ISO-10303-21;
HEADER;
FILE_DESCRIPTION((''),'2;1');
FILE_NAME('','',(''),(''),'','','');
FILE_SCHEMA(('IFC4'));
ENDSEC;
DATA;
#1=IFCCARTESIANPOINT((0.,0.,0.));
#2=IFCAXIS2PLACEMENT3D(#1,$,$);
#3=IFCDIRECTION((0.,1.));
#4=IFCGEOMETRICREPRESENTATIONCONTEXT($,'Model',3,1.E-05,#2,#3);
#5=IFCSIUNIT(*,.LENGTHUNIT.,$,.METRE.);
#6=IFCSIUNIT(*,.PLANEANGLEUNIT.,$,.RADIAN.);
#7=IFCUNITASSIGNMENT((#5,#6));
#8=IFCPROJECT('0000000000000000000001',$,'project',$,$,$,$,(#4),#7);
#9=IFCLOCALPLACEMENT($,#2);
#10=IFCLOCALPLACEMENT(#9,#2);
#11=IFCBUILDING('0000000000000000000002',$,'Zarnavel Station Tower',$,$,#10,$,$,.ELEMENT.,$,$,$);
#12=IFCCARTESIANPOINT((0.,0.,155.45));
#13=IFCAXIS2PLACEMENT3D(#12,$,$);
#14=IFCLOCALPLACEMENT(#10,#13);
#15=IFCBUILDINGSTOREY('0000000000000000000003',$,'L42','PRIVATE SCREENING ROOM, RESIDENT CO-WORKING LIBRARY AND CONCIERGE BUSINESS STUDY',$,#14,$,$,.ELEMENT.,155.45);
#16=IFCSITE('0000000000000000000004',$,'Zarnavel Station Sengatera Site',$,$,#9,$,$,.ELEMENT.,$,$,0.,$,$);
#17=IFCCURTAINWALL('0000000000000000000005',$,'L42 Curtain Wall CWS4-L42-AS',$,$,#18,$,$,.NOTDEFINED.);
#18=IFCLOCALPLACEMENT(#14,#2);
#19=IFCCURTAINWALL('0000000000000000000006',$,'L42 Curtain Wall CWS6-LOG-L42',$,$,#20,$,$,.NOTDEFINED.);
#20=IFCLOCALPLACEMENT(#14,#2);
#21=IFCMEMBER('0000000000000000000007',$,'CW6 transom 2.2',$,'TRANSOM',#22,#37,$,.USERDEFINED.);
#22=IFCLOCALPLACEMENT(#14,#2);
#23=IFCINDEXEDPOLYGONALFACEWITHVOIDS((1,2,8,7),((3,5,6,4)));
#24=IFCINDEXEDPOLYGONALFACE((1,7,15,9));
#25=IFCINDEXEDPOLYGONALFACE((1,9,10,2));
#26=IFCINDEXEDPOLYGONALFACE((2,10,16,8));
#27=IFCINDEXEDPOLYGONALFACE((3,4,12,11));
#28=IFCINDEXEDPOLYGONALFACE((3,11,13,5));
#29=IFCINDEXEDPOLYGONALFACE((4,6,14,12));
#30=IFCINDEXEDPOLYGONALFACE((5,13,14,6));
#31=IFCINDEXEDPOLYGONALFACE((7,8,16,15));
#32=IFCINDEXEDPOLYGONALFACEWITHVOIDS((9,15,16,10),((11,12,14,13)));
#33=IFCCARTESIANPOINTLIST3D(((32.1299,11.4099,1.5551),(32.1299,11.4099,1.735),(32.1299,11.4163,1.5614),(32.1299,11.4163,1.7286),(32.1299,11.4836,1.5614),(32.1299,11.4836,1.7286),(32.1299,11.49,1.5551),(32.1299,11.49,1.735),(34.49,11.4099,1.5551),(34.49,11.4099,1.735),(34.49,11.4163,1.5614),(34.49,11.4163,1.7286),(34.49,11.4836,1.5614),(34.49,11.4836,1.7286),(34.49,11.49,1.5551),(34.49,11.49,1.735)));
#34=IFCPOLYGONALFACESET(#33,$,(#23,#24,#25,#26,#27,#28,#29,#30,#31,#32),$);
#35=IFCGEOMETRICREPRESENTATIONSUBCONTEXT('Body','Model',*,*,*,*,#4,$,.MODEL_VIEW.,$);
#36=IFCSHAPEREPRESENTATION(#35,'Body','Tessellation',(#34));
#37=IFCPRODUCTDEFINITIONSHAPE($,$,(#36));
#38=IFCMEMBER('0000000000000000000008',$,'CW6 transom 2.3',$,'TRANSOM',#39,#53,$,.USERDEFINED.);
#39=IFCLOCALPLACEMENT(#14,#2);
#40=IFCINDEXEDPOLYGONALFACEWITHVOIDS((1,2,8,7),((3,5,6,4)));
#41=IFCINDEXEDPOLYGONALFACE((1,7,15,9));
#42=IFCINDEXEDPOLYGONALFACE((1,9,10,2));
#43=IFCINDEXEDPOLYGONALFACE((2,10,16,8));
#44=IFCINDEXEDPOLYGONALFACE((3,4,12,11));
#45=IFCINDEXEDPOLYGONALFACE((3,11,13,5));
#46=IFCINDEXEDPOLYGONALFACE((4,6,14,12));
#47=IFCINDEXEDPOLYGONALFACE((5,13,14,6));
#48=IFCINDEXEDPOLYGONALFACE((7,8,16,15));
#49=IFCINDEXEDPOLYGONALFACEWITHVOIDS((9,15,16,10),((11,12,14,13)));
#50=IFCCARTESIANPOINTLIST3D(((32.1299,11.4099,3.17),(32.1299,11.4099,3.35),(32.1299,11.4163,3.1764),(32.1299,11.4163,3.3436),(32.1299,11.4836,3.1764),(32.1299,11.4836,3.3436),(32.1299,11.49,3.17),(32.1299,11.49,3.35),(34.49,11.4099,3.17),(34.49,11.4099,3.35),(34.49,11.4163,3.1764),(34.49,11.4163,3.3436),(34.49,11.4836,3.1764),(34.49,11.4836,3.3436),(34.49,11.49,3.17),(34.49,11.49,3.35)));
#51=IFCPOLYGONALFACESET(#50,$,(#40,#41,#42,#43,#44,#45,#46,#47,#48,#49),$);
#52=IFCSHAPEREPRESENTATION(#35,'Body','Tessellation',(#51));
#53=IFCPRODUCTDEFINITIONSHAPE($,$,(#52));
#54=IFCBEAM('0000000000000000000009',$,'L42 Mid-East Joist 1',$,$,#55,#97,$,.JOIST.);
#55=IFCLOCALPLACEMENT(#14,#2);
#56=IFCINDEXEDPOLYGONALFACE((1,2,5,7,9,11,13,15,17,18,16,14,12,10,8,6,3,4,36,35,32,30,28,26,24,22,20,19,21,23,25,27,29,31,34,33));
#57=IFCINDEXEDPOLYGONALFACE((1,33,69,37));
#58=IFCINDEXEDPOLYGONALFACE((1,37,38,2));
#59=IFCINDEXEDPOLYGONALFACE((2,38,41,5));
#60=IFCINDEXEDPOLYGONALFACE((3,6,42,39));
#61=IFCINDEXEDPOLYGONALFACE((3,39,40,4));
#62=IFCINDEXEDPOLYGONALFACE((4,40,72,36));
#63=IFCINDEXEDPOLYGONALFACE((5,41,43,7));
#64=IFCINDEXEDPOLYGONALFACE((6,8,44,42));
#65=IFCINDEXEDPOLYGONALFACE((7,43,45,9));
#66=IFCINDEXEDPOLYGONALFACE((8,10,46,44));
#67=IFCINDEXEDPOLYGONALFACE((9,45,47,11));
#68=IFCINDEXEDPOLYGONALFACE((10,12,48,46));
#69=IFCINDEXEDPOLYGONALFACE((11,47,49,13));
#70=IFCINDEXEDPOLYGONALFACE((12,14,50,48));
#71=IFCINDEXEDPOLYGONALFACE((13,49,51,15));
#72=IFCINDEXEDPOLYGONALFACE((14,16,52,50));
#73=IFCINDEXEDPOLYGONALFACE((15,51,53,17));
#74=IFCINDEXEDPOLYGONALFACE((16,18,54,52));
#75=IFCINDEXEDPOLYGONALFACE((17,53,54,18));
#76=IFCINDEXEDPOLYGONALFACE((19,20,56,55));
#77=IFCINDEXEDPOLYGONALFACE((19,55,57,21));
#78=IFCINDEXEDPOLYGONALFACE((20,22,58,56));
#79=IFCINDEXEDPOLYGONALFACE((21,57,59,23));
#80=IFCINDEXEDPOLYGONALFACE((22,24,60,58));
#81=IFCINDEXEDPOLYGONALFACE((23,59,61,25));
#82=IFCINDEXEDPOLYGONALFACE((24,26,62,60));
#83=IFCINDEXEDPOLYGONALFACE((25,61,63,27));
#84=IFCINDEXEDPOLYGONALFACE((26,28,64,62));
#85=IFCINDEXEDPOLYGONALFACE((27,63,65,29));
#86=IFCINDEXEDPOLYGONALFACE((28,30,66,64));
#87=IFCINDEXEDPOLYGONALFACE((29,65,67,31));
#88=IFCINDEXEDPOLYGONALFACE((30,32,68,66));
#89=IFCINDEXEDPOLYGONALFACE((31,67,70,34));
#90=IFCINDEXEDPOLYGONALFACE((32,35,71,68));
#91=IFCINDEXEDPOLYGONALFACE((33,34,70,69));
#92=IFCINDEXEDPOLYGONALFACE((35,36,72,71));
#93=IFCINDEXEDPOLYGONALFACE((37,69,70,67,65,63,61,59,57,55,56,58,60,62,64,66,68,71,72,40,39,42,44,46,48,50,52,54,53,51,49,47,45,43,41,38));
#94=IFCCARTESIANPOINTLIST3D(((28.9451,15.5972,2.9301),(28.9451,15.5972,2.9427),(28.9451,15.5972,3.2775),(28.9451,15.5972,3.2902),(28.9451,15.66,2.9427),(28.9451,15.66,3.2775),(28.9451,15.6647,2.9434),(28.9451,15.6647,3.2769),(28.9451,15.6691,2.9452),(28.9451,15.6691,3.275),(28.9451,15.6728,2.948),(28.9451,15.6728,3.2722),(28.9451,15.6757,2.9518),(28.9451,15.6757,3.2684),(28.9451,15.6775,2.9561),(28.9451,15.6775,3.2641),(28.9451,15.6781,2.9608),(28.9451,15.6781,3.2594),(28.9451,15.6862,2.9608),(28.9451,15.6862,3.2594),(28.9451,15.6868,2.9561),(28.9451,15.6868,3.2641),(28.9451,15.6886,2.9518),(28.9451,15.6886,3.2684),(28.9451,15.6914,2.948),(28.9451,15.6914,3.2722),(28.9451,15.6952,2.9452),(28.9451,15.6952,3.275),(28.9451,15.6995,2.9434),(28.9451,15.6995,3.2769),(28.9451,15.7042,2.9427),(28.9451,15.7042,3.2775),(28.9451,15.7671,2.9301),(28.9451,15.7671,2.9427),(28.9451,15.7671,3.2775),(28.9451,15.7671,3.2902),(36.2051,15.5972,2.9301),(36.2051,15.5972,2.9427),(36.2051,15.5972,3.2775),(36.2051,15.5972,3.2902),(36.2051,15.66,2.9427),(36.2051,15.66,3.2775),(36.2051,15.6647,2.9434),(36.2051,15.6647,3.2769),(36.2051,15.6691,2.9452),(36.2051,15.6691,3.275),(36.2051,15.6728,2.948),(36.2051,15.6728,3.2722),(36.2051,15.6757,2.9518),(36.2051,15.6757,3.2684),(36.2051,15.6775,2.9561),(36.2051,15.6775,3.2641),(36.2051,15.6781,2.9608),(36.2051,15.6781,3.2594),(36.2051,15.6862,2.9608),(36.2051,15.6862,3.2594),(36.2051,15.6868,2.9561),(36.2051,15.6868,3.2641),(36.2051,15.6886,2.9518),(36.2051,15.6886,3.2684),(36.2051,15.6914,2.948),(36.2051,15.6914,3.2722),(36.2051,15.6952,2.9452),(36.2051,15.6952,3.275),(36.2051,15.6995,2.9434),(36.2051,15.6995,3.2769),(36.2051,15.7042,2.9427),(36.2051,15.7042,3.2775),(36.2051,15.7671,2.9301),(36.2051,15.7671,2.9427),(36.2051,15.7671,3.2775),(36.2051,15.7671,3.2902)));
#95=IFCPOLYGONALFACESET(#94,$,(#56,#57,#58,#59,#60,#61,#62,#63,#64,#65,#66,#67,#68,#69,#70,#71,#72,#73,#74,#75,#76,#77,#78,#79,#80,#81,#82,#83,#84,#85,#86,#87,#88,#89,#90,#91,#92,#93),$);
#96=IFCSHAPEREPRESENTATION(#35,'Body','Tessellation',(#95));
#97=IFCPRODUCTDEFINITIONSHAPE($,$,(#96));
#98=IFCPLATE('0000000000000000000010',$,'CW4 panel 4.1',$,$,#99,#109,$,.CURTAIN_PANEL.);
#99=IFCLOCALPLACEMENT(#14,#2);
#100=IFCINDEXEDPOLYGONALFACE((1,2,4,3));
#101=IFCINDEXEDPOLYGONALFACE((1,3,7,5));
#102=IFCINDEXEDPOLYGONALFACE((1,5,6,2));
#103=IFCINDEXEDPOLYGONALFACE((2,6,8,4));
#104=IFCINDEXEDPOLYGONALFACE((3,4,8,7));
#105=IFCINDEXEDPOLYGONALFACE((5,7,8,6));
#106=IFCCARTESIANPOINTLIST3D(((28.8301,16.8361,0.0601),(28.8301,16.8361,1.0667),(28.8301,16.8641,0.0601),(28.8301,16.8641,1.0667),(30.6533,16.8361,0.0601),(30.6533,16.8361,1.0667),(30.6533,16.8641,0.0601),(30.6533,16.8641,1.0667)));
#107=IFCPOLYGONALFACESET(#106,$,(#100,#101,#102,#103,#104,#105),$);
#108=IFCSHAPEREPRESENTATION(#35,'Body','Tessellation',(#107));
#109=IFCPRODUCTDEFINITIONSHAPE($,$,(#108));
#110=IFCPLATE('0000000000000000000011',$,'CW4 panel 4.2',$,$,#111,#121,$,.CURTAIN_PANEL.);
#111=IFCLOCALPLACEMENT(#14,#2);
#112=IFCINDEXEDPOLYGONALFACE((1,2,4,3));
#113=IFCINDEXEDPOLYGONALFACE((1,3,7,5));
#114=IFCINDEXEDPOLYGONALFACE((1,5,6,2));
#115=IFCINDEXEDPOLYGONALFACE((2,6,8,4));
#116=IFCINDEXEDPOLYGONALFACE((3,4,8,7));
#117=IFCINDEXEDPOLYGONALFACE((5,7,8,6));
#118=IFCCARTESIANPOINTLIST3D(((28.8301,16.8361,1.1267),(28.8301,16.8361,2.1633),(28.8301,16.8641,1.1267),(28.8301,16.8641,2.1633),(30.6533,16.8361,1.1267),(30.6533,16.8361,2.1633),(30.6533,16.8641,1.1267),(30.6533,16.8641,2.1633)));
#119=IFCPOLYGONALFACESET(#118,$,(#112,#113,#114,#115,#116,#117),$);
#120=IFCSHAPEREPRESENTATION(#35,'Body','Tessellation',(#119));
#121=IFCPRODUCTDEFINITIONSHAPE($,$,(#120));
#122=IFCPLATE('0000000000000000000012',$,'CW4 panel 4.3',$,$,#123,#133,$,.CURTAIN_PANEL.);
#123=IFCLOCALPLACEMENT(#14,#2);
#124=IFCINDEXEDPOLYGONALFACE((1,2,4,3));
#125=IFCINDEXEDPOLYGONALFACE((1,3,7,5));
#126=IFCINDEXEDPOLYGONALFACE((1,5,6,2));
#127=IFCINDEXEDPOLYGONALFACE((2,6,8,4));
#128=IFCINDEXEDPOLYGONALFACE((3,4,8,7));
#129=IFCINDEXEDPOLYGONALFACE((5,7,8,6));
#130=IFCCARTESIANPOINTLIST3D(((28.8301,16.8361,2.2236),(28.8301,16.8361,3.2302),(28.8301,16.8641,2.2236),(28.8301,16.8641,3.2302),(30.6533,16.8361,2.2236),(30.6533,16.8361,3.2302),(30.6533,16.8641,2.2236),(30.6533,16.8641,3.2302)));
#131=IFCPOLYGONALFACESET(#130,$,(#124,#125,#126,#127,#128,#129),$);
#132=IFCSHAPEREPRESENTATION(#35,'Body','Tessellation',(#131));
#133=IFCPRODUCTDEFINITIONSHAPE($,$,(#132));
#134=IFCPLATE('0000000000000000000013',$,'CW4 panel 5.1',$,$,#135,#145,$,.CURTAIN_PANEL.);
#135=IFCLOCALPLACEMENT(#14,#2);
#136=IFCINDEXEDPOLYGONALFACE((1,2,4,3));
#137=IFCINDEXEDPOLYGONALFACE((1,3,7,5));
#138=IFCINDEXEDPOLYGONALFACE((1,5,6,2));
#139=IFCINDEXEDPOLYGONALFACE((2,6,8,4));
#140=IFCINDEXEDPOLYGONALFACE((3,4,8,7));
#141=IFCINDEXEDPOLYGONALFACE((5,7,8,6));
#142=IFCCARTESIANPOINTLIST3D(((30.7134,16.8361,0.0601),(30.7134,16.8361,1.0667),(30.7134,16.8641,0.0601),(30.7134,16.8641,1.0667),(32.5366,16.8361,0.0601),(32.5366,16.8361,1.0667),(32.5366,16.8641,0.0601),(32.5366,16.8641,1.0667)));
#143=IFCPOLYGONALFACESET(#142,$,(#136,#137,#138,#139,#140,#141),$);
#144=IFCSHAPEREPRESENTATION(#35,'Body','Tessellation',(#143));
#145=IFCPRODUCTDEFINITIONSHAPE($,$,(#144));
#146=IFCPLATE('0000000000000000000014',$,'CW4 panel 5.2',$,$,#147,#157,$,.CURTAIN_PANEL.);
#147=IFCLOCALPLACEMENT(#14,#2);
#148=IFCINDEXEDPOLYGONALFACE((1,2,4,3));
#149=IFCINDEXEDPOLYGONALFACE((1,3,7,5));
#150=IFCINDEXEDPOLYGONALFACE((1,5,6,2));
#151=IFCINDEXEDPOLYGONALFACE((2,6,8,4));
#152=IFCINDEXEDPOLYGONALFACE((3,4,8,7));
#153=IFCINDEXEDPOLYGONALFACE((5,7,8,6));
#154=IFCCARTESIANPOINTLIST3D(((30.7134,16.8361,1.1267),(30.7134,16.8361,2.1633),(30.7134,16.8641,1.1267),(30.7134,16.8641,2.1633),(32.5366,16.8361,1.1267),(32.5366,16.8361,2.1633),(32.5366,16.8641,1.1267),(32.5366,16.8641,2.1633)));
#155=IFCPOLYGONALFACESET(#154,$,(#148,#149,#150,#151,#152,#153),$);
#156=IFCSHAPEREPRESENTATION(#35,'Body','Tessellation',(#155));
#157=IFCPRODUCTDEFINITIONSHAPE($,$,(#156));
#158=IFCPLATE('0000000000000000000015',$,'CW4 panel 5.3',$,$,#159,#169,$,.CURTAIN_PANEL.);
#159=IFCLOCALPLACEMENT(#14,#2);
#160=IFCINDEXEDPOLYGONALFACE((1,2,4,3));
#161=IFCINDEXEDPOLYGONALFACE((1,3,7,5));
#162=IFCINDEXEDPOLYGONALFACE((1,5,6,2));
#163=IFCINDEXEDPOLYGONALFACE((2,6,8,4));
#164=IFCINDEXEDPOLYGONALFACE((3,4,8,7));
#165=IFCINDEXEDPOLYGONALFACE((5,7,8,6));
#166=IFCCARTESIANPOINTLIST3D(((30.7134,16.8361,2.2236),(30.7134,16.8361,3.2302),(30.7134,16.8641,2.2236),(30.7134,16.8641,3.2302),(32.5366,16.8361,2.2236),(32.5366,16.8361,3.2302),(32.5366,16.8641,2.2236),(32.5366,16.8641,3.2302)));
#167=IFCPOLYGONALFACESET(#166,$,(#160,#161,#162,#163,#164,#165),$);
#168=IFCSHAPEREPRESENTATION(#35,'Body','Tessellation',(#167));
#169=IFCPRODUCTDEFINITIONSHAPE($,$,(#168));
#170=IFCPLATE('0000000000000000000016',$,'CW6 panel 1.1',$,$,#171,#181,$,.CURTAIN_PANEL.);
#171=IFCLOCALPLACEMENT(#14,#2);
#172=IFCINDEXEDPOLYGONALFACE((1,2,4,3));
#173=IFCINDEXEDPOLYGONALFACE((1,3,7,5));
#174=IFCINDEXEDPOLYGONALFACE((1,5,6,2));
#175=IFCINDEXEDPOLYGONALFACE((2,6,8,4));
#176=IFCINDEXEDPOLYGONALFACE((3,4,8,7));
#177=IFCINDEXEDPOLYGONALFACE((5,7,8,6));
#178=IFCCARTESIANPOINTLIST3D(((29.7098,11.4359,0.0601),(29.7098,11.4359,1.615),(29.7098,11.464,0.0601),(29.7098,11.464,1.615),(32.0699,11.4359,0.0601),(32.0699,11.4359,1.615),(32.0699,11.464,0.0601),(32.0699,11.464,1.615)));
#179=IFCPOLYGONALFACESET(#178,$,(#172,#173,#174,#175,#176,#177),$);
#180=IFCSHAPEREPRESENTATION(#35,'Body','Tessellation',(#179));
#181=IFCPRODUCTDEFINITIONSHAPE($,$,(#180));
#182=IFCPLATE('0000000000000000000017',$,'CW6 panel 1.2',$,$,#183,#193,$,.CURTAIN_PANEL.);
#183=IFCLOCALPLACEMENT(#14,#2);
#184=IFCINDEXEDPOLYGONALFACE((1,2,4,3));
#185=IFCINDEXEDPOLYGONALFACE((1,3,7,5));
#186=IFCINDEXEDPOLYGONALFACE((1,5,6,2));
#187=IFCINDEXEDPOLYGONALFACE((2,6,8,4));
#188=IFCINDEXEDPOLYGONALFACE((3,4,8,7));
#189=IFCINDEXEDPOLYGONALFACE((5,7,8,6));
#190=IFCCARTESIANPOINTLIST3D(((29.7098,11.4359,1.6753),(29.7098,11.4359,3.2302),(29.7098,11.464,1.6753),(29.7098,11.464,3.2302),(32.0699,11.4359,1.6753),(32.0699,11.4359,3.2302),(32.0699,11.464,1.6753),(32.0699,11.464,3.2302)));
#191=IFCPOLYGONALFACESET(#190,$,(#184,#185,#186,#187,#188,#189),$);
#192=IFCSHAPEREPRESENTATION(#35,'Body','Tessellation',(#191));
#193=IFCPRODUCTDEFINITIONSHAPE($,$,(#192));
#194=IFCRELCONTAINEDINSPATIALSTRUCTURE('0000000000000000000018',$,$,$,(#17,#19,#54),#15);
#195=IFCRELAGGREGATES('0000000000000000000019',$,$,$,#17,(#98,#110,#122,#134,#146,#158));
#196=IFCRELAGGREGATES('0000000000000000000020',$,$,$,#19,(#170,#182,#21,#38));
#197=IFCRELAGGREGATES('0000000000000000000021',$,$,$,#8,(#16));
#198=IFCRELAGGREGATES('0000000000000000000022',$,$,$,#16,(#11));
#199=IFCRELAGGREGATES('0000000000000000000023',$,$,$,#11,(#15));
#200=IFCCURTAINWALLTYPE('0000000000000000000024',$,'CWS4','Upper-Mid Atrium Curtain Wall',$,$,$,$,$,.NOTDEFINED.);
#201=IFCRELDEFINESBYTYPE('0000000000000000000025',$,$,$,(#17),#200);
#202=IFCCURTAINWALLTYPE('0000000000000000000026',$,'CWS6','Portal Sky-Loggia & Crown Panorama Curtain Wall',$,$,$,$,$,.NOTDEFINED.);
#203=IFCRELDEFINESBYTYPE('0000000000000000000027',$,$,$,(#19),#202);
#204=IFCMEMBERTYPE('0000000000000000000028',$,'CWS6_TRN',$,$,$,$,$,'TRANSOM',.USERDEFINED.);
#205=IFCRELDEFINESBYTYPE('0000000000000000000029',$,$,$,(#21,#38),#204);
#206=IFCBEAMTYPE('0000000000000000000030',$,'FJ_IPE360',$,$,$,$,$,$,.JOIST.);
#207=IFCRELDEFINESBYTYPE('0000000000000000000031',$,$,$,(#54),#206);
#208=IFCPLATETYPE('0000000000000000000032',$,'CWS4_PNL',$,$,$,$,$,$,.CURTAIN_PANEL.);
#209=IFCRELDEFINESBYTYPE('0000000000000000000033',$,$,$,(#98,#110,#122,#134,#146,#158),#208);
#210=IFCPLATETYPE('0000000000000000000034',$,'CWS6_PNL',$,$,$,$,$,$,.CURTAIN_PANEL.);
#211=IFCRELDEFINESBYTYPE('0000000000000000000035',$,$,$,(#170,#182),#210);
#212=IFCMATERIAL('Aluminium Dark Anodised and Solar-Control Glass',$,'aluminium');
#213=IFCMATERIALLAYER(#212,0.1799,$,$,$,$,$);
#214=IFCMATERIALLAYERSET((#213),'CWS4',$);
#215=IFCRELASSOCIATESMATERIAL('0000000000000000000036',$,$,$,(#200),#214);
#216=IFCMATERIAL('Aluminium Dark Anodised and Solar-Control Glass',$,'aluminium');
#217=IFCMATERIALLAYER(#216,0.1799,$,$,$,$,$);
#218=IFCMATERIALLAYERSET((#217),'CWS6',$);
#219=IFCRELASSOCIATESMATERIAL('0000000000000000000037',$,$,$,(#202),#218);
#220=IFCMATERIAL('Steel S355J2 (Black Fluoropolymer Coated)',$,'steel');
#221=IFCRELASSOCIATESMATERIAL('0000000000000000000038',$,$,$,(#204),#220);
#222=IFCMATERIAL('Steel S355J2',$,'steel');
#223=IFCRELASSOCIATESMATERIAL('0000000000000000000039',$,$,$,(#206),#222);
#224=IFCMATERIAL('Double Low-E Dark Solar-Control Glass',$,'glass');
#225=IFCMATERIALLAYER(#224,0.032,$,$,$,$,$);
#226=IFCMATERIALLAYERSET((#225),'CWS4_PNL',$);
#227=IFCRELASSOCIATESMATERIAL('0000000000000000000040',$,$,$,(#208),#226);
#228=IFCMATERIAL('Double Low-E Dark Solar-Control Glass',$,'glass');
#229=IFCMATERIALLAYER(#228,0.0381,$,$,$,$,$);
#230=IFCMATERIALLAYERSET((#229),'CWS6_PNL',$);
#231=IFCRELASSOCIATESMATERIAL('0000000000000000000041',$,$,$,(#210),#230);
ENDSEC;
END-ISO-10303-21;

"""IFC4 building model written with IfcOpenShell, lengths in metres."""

from ifc_helpers import new_model, si_unit, direction, frame, origin, origin_2d, place, context, subcontext, project, spatial, rectangle, hollow_rectangle, i_section, extrude, material, layer, layer_set, material_profile, profile_set, type_object, element, aggregate, save


model = new_model("IFC4")

# Units and contexts
model_context = context("Model", 3, precision=1e-05, world=origin(), true_north=direction((0.0, 1.0)))
body_context = subcontext(model_context, "Body", "Model", "MODEL_VIEW")
ifc_project = project(units=[si_unit("LENGTHUNIT", "METRE"), si_unit("PLANEANGLEUNIT", "RADIAN")], contexts=[model_context])

# Site, building, storey
site_placement = place(None, origin())
site = spatial("IfcSite", under=ifc_project, at=site_placement, Name="Zarnavel Station Sengatera Site", CompositionType="ELEMENT", RefElevation=0.0)
building_placement = place(site_placement, origin())
building = spatial("IfcBuilding", under=site, at=building_placement, Name="Zarnavel Station Tower", CompositionType="ELEMENT")
storey_placement = place(building_placement, frame((0.0, 0.0, 155.45)))
storey = spatial("IfcBuildingStorey", under=building, at=storey_placement, Name="L42", Description="PRIVATE SCREENING ROOM, RESIDENT CO-WORKING LIBRARY AND CONCIERGE BUSINESS STUDY", CompositionType="ELEMENT", Elevation=155.45)

# Curtain walls, members
ifc_material_1 = material(Name="Aluminium Dark Anodised and Solar-Control Glass", Category="aluminium")
ifc_layer_1 = layer(ifc_material_1, 0.1799)
ifc_layer_set_1 = layer_set([ifc_layer_1], Name="CWS4")
curtain_wall_type_1 = type_object("IfcCurtainWallType", Name="CWS4", Description="Upper-Mid Atrium Curtain Wall", PredefinedType="NOTDEFINED", material=ifc_layer_set_1)
curtain_wall_1_placement = place(storey_placement, origin())
curtain_wall_1 = element("IfcCurtainWall", 1, at=curtain_wall_1_placement, inside=storey, type_object=curtain_wall_type_1, Name="L42 Curtain Wall CWS4-L42-AS", PredefinedType="NOTDEFINED")
ifc_material_2 = material(Name="Aluminium Dark Anodised and Solar-Control Glass", Category="aluminium")
ifc_layer_2 = layer(ifc_material_2, 0.1799)
ifc_layer_set_2 = layer_set([ifc_layer_2], Name="CWS6")
curtain_wall_type_2 = type_object("IfcCurtainWallType", Name="CWS6", Description="Portal Sky-Loggia & Crown Panorama Curtain Wall", PredefinedType="NOTDEFINED", material=ifc_layer_set_2)
curtain_wall_2_placement = place(storey_placement, origin())
curtain_wall_2 = element("IfcCurtainWall", 2, at=curtain_wall_2_placement, inside=storey, type_object=curtain_wall_type_2, Name="L42 Curtain Wall CWS6-LOG-L42", PredefinedType="NOTDEFINED")
ifc_material_3 = material(Name="Steel S355J2 (Black Fluoropolymer Coated)", Category="steel")
ifc_material_profile_1 = material_profile(ifc_material_3, hollow_rectangle(XDim=0.0801, YDim=0.1799, WallThickness=0.0063, at=origin_2d()), Name="RHS180x80x6.3")
ifc_profile_set_1 = profile_set([ifc_material_profile_1], Name="Steel S355J2 (Black Fluoropolymer Coated)")
member_type_1 = type_object("IfcMemberType", Name="CWS6_TRN", ElementType="TRANSOM", PredefinedType="USERDEFINED", material=ifc_profile_set_1)
member_1_placement = place(storey_placement, frame((32.1299, 11.45, 1.645), z_axis=(1.0, 0.0, 0.0), x_axis=(0.0, 1.0, 0.0)))
member_1 = element("IfcMember", 3, at=member_1_placement, type_object=member_type_1, Name="CW6 transom 2.2", ObjectType="TRANSOM", PredefinedType="USERDEFINED", context=body_context, shape_type="SweptSolid", body=[
    extrude(hollow_rectangle(XDim=0.0801, YDim=0.1799, WallThickness=0.0063, at=origin_2d()), origin(), (0.0, 0.0, 1.0), 2.3601),
])
member_2_placement = place(storey_placement, frame((32.1299, 11.45, 3.26), z_axis=(1.0, 0.0, 0.0), x_axis=(0.0, 1.0, 0.0)))
member_2 = element("IfcMember", 4, at=member_2_placement, type_object=member_type_1, Name="CW6 transom 2.3", ObjectType="TRANSOM", PredefinedType="USERDEFINED", context=body_context, shape_type="SweptSolid", body=[
    extrude(hollow_rectangle(XDim=0.0801, YDim=0.1799, WallThickness=0.0063, at=origin_2d()), origin(), (0.0, 0.0, 1.0), 2.3601),
])

# Beam
ifc_material_4 = material(Name="Steel S355J2", Category="steel")
ifc_material_profile_2 = material_profile(ifc_material_4, i_section(OverallWidth=0.1699, OverallDepth=0.3601, WebThickness=0.0081, FlangeThickness=0.0127, FilletRadius=0.0181, at=origin_2d()), Name="IPE360")
ifc_profile_set_2 = profile_set([ifc_material_profile_2], Name="Steel S355J2")
beam_type = type_object("IfcBeamType", Name="FJ_IPE360", PredefinedType="JOIST", material=ifc_profile_set_2)
beam_placement = place(storey_placement, frame((28.9451, 15.6821, 3.1101), z_axis=(1.0, 0.0, 0.0), x_axis=(0.0, 1.0, 0.0)))
element("IfcBeam", 5, at=beam_placement, inside=storey, type_object=beam_type, Name="L42 Mid-East Joist 1", PredefinedType="JOIST", context=body_context, shape_type="SweptSolid", body=[
    extrude(i_section(OverallWidth=0.1699, OverallDepth=0.3601, WebThickness=0.0081, FlangeThickness=0.0127, FilletRadius=0.0181, at=origin_2d()), origin(), (0.0, 0.0, 1.0), 7.26),
])

# Plates
ifc_material_5 = material(Name="Double Low-E Dark Solar-Control Glass", Category="glass")
ifc_layer_3 = layer(ifc_material_5, 0.032)
ifc_layer_set_3 = layer_set([ifc_layer_3], Name="CWS4_PNL")
plate_type_1 = type_object("IfcPlateType", Name="CWS4_PNL", PredefinedType="CURTAIN_PANEL", material=ifc_layer_set_3)
plate_1_placement = place(storey_placement, frame((29.7417, 16.8501, 0.0601), z_axis=(0.0, 0.0, 1.0), x_axis=(1.0, 0.0, 0.0)))
plate_1 = element("IfcPlate", 6, at=plate_1_placement, type_object=plate_type_1, Name="CW4 panel 4.1", PredefinedType="CURTAIN_PANEL", context=body_context, shape_type="SweptSolid", body=[
    extrude(rectangle(XDim=1.8232, YDim=0.0281, at=origin_2d()), origin(), (0.0, 0.0, 1.0), 1.0066),
])
plate_2_placement = place(storey_placement, frame((29.7417, 16.8501, 1.1267), z_axis=(0.0, 0.0, 1.0), x_axis=(1.0, 0.0, 0.0)))
plate_2 = element("IfcPlate", 7, at=plate_2_placement, type_object=plate_type_1, Name="CW4 panel 4.2", PredefinedType="CURTAIN_PANEL", context=body_context, shape_type="SweptSolid", body=[
    extrude(rectangle(XDim=1.8232, YDim=0.0281, at=origin_2d()), origin(), (0.0, 0.0, 1.0), 1.0366),
])
plate_3_placement = place(storey_placement, frame((29.7417, 16.8501, 2.2236), z_axis=(0.0, 0.0, 1.0), x_axis=(1.0, 0.0, 0.0)))
plate_3 = element("IfcPlate", 8, at=plate_3_placement, type_object=plate_type_1, Name="CW4 panel 4.3", PredefinedType="CURTAIN_PANEL", context=body_context, shape_type="SweptSolid", body=[
    extrude(rectangle(XDim=1.8232, YDim=0.0281, at=origin_2d()), origin(), (0.0, 0.0, 1.0), 1.0066),
])
plate_4_placement = place(storey_placement, frame((31.625, 16.8501, 0.0601), z_axis=(0.0, 0.0, 1.0), x_axis=(1.0, 0.0, 0.0)))
plate_4 = element("IfcPlate", 9, at=plate_4_placement, type_object=plate_type_1, Name="CW4 panel 5.1", PredefinedType="CURTAIN_PANEL", context=body_context, shape_type="SweptSolid", body=[
    extrude(rectangle(XDim=1.8232, YDim=0.0281, at=origin_2d()), origin(), (0.0, 0.0, 1.0), 1.0066),
])
plate_5_placement = place(storey_placement, frame((31.625, 16.8501, 1.1267), z_axis=(0.0, 0.0, 1.0), x_axis=(1.0, 0.0, 0.0)))
plate_5 = element("IfcPlate", 10, at=plate_5_placement, type_object=plate_type_1, Name="CW4 panel 5.2", PredefinedType="CURTAIN_PANEL", context=body_context, shape_type="SweptSolid", body=[
    extrude(rectangle(XDim=1.8232, YDim=0.0281, at=origin_2d()), origin(), (0.0, 0.0, 1.0), 1.0366),
])
plate_6_placement = place(storey_placement, frame((31.625, 16.8501, 2.2236), z_axis=(0.0, 0.0, 1.0), x_axis=(1.0, 0.0, 0.0)))
plate_6 = element("IfcPlate", 11, at=plate_6_placement, type_object=plate_type_1, Name="CW4 panel 5.3", PredefinedType="CURTAIN_PANEL", context=body_context, shape_type="SweptSolid", body=[
    extrude(rectangle(XDim=1.8232, YDim=0.0281, at=origin_2d()), origin(), (0.0, 0.0, 1.0), 1.0066),
])
aggregate(curtain_wall_1, [plate_1, plate_2, plate_3, plate_4, plate_5, plate_6])
ifc_material_6 = material(Name="Double Low-E Dark Solar-Control Glass", Category="glass")
ifc_layer_4 = layer(ifc_material_6, 0.0381)
ifc_layer_set_4 = layer_set([ifc_layer_4], Name="CWS6_PNL")
plate_type_2 = type_object("IfcPlateType", Name="CWS6_PNL", PredefinedType="CURTAIN_PANEL", material=ifc_layer_set_4)
plate_7_placement = place(storey_placement, frame((30.8899, 11.45, 0.0601), z_axis=(0.0, 0.0, 1.0), x_axis=(1.0, 0.0, 0.0)))
plate_7 = element("IfcPlate", 12, at=plate_7_placement, type_object=plate_type_2, Name="CW6 panel 1.1", PredefinedType="CURTAIN_PANEL", context=body_context, shape_type="SweptSolid", body=[
    extrude(rectangle(XDim=2.3601, YDim=0.0281, at=origin_2d()), origin(), (0.0, 0.0, 1.0), 1.5549),
])
plate_8_placement = place(storey_placement, frame((30.8899, 11.45, 1.6753), z_axis=(0.0, 0.0, 1.0), x_axis=(1.0, 0.0, 0.0)))
plate_8 = element("IfcPlate", 13, at=plate_8_placement, type_object=plate_type_2, Name="CW6 panel 1.2", PredefinedType="CURTAIN_PANEL", context=body_context, shape_type="SweptSolid", body=[
    extrude(rectangle(XDim=2.3601, YDim=0.0281, at=origin_2d()), origin(), (0.0, 0.0, 1.0), 1.5549),
])
aggregate(curtain_wall_2, [plate_7, plate_8, member_1, member_2])

save(model, "model.ifc")
